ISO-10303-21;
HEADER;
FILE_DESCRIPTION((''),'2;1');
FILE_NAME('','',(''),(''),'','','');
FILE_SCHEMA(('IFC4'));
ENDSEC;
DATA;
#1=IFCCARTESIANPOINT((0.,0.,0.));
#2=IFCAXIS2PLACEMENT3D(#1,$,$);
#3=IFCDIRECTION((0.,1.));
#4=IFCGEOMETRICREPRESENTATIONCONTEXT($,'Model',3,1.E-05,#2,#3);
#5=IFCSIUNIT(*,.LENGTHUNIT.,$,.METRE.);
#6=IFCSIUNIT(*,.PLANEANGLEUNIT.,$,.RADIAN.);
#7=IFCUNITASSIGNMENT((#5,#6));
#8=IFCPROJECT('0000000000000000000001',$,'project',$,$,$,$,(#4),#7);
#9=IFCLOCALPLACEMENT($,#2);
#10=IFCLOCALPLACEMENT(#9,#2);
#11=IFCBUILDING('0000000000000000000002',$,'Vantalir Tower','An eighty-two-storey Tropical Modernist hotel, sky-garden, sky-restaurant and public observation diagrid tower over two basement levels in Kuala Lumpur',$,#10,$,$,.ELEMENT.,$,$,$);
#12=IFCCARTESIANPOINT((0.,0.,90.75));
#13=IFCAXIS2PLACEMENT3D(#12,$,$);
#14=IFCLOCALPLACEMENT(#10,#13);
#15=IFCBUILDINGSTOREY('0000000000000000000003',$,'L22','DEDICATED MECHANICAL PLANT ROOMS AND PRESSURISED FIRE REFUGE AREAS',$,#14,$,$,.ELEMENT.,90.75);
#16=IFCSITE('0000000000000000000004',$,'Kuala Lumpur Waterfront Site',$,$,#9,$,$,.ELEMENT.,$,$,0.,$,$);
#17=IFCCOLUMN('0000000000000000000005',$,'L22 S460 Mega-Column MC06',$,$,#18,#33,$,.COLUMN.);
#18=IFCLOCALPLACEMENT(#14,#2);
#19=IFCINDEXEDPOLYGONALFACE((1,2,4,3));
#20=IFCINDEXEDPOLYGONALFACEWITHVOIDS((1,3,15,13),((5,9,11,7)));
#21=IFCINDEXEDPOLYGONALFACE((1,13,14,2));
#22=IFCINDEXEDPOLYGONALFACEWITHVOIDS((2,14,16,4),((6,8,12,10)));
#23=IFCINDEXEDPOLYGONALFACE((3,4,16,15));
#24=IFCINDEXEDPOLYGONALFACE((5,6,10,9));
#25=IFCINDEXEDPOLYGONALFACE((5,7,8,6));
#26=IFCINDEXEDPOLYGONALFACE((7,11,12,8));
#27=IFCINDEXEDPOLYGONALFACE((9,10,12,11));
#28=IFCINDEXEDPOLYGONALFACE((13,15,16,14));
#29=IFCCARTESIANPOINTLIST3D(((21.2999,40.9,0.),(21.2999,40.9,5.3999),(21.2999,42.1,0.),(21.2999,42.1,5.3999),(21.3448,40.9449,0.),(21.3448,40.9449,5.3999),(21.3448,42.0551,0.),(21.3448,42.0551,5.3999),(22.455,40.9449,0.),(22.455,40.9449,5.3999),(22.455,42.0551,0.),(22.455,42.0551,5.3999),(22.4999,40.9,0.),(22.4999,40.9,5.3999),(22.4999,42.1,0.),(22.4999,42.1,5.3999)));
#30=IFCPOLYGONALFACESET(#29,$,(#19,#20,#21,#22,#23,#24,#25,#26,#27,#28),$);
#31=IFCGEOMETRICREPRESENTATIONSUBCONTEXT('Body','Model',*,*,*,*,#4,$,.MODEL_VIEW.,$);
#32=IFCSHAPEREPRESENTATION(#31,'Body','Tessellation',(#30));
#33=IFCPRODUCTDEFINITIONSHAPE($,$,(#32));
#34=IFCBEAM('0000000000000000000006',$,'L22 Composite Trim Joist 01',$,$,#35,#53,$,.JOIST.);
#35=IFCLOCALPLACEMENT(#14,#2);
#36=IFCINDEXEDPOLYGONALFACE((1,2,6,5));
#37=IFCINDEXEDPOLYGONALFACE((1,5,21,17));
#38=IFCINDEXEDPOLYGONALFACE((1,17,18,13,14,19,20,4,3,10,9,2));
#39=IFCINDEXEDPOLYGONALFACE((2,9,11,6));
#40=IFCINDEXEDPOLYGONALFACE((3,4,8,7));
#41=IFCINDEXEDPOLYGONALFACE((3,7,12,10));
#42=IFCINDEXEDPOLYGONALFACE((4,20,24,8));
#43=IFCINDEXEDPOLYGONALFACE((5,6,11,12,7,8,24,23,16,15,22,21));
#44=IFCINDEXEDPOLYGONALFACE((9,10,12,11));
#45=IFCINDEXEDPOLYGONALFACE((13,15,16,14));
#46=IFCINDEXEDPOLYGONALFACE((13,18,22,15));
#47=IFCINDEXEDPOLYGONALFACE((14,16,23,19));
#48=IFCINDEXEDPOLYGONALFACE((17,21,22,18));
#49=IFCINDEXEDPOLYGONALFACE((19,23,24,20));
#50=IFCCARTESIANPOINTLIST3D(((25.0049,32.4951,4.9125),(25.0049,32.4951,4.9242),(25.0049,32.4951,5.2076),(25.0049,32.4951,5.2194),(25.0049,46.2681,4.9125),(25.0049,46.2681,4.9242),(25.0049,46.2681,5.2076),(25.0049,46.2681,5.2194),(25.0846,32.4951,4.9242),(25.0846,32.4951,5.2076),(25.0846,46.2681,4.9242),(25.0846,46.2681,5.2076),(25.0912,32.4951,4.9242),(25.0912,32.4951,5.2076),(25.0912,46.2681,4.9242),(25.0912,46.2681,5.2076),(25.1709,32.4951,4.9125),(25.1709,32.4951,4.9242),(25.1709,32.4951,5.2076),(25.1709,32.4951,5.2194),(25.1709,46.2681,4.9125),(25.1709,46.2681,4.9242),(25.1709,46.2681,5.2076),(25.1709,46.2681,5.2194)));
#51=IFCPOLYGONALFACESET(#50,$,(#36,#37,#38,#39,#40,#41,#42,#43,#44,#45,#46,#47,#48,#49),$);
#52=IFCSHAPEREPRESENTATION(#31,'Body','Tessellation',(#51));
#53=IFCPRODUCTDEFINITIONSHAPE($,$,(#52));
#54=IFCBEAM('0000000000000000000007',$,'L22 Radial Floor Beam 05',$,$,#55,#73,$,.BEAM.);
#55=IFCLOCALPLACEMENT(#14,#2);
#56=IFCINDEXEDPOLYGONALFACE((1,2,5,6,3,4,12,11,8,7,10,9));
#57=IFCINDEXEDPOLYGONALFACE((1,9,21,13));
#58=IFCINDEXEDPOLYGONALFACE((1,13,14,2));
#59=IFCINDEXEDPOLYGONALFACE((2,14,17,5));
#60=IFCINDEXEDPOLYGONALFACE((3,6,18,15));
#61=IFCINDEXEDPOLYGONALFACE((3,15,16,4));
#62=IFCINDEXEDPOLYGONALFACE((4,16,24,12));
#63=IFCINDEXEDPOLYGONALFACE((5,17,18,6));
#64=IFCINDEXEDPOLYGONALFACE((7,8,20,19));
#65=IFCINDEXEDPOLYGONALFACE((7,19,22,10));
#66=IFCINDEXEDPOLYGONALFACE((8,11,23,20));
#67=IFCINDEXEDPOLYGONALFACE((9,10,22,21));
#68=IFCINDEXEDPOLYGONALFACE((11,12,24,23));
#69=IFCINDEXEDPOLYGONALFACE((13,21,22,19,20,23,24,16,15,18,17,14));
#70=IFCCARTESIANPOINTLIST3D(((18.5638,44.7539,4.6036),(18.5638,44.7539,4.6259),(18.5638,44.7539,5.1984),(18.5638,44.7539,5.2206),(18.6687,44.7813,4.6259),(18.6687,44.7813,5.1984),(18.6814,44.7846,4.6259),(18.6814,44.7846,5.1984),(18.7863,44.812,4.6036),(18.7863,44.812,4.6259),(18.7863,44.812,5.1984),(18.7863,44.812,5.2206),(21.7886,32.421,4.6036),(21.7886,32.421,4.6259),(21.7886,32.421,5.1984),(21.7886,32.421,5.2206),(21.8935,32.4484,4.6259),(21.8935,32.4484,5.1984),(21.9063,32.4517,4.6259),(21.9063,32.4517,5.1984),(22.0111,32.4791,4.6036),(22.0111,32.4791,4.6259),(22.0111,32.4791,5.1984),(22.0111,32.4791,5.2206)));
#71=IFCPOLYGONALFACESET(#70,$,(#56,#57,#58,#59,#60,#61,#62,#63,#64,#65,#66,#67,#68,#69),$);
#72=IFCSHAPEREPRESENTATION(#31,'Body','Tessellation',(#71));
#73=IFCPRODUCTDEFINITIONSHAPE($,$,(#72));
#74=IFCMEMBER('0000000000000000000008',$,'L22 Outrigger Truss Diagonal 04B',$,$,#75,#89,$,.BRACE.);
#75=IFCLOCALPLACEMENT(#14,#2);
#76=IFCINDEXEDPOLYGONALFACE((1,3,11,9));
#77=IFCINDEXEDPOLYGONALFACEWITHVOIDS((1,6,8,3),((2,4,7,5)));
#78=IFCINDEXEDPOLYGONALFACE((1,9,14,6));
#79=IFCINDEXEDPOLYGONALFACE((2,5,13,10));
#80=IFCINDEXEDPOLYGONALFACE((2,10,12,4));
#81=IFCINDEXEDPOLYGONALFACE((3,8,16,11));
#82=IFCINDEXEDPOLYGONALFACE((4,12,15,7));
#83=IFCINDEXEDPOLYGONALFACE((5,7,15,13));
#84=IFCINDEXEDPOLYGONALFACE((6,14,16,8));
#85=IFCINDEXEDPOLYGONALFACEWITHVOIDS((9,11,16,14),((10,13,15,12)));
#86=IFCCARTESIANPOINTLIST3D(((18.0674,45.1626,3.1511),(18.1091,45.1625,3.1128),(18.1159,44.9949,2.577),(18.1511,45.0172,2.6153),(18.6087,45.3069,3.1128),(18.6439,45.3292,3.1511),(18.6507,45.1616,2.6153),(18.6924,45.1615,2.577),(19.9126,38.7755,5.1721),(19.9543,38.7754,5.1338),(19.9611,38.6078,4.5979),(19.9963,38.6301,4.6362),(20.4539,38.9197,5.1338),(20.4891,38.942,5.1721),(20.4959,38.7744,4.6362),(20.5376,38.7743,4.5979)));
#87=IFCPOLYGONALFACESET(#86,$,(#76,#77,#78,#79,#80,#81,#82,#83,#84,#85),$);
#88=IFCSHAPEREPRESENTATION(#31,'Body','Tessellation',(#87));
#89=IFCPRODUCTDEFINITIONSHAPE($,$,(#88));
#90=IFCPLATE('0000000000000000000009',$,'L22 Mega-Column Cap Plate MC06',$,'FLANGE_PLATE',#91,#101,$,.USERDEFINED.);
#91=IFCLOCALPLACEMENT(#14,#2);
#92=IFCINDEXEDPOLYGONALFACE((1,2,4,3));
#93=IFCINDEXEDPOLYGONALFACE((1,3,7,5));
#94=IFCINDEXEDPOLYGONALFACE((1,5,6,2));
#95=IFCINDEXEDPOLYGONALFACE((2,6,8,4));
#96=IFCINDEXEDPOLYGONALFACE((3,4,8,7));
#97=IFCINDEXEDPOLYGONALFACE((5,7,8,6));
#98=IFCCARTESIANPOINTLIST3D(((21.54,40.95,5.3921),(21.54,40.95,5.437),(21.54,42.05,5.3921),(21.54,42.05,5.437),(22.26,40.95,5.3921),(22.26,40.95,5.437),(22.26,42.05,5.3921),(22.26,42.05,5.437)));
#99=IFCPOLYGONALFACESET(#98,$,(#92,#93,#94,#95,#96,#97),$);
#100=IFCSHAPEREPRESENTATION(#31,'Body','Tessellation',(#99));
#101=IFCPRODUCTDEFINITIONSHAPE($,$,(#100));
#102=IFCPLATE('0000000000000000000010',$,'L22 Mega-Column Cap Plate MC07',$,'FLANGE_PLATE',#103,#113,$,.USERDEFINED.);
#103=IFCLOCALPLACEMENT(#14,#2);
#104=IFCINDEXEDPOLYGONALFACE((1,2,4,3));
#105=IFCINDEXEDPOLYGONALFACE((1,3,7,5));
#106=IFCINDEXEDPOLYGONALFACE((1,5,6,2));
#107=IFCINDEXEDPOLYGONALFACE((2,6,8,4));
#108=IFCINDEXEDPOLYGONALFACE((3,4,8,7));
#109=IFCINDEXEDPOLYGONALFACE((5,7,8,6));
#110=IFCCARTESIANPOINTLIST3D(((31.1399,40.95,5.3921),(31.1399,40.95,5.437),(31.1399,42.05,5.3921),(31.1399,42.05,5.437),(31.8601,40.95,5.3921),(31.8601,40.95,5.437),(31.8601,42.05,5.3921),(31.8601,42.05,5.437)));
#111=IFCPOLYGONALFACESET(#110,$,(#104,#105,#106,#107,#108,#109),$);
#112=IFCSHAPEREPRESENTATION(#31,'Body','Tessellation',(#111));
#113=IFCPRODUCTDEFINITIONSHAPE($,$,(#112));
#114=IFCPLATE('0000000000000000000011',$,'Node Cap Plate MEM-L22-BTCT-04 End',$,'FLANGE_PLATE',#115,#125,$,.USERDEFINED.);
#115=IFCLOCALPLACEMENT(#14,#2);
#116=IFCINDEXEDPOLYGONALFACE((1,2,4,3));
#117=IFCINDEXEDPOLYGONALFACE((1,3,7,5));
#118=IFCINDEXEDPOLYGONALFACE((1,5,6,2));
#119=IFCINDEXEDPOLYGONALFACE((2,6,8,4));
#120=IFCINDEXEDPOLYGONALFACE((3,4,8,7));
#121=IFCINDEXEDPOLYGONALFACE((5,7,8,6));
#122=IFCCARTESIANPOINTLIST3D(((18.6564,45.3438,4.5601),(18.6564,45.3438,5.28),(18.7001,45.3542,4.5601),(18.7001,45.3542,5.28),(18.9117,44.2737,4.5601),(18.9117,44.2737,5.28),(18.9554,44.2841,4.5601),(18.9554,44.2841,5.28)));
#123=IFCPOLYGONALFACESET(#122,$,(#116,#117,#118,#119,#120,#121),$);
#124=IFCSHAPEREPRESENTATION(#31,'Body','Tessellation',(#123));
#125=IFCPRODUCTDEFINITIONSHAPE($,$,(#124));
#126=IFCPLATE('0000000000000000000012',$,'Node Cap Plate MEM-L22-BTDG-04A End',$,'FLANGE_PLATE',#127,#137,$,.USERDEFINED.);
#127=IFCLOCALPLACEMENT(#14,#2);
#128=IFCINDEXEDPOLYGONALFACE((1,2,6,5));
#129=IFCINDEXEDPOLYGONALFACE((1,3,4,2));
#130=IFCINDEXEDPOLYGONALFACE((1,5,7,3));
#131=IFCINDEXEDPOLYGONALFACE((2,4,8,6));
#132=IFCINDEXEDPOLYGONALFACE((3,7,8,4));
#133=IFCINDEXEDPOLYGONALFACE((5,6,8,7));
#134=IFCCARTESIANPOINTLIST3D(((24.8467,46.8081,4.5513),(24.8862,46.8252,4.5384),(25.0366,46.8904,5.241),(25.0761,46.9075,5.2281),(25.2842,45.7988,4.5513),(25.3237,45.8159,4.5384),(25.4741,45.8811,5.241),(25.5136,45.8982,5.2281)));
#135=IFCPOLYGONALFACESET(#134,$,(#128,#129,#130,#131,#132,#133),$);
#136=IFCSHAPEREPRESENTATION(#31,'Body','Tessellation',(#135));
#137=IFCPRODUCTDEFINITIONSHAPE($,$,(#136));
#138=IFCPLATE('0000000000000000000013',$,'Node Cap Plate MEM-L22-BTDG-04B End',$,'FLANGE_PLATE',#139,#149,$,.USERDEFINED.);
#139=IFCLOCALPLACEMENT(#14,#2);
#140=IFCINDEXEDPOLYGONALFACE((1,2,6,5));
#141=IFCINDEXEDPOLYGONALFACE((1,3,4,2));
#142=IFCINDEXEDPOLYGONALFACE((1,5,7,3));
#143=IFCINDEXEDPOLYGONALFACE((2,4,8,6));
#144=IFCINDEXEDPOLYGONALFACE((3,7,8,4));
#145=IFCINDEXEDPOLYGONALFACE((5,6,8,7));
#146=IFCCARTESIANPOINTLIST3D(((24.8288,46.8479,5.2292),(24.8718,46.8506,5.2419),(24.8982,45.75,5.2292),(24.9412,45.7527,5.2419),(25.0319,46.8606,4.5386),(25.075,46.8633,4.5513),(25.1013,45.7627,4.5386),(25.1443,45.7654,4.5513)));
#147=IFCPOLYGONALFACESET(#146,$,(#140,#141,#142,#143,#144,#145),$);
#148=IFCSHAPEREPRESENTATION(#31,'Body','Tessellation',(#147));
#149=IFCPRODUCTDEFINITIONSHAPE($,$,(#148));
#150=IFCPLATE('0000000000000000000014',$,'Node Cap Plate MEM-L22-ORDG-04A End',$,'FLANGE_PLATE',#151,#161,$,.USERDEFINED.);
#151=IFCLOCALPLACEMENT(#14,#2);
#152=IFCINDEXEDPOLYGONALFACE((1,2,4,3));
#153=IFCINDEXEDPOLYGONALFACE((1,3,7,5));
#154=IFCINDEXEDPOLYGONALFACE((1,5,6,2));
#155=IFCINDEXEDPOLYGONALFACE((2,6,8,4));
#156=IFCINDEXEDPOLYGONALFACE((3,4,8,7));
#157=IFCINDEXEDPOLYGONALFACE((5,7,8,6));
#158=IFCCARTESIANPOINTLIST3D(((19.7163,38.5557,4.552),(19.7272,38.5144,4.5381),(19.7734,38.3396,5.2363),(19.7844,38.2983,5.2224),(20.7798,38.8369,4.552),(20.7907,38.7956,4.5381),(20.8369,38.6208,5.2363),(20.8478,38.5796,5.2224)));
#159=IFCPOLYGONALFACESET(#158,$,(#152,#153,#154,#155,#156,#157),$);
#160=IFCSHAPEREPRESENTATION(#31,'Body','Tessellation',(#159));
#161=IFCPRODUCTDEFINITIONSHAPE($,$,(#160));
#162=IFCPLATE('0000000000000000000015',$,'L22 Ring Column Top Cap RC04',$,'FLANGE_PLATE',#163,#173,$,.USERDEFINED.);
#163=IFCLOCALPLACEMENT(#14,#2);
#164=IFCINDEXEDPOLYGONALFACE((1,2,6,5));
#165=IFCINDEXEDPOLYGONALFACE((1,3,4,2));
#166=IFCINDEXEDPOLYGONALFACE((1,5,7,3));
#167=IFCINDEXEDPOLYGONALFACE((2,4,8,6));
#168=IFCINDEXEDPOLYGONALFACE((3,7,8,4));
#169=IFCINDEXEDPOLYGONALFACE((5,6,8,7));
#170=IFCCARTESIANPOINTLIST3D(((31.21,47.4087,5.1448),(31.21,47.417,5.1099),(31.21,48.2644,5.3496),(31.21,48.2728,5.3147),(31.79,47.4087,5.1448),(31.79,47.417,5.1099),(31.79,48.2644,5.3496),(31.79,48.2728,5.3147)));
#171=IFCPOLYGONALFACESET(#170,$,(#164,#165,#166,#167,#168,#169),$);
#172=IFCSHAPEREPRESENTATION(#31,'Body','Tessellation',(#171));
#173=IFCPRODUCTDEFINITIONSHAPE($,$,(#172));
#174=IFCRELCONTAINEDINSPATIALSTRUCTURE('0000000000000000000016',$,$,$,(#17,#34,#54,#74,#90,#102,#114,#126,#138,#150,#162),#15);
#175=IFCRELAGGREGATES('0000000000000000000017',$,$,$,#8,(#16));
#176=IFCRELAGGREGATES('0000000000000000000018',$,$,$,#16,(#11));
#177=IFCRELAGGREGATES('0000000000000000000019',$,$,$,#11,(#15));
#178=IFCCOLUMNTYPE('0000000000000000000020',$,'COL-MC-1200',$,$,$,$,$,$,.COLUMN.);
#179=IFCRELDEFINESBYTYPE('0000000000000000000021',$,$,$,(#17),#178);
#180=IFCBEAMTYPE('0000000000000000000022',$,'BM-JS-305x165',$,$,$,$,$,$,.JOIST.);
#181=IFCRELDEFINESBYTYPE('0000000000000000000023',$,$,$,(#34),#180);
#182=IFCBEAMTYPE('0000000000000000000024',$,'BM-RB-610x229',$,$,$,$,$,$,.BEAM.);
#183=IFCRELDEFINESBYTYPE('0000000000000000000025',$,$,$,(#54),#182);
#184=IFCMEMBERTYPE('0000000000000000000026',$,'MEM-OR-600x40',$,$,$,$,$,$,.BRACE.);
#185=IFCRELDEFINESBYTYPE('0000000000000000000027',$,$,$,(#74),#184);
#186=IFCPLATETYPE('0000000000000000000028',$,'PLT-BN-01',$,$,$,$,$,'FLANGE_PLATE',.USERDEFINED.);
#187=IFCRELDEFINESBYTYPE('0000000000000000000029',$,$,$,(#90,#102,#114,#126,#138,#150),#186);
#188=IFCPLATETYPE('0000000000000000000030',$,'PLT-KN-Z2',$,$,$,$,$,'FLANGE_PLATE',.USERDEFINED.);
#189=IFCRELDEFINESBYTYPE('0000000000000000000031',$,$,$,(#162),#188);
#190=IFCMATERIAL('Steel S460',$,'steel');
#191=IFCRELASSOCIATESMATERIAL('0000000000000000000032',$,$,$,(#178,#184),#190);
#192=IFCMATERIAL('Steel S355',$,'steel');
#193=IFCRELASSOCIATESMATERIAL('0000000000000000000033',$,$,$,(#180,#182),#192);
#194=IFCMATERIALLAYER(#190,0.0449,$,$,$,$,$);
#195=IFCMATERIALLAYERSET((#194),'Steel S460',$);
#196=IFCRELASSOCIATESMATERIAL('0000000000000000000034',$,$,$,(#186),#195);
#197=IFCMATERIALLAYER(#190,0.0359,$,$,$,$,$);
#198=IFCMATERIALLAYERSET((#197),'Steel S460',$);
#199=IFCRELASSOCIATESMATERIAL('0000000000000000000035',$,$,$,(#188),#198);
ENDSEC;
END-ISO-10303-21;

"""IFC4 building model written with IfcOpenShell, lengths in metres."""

from ifc_helpers import new_model, si_unit, direction, frame, origin, origin_2d, place, context, subcontext, project, spatial, polyline, rectangle, hollow_rectangle, i_section, outline, extrude, material, layer, layer_set, material_profile, profile_set, type_object, element, save


model = new_model("IFC4")

# Units and contexts
model_context = context("Model", 3, precision=1e-05, world=origin(), true_north=direction((0.0, 1.0)))
body_context = subcontext(model_context, "Body", "Model", "MODEL_VIEW")
ifc_project = project(units=[si_unit("LENGTHUNIT", "METRE"), si_unit("PLANEANGLEUNIT", "RADIAN")], contexts=[model_context])

# Site, building, storey
site_placement = place(None, origin())
site = spatial("IfcSite", under=ifc_project, at=site_placement, Name="Kuala Lumpur Waterfront Site", CompositionType="ELEMENT", RefElevation=0.0)
building_placement = place(site_placement, origin())
building = spatial("IfcBuilding", under=site, at=building_placement, Name="Vantalir Tower", Description="An eighty-two-storey Tropical Modernist hotel, sky-garden, sky-restaurant and public observation diagrid tower over two basement levels in Kuala Lumpur", CompositionType="ELEMENT")
storey_placement = place(building_placement, frame((0.0, 0.0, 90.75)))
storey = spatial("IfcBuildingStorey", under=building, at=storey_placement, Name="L22", Description="DEDICATED MECHANICAL PLANT ROOMS AND PRESSURISED FIRE REFUGE AREAS", CompositionType="ELEMENT", Elevation=90.75)

# Column
ifc_material_1 = material(Name="Steel S460", Category="steel")
ifc_material_profile_1 = material_profile(ifc_material_1, hollow_rectangle(XDim=1.2, YDim=1.2, WallThickness=0.0449, at=origin_2d()), Name="Steel S460")
ifc_profile_set_1 = profile_set([ifc_material_profile_1], Name="Steel S460")
column_type = type_object("IfcColumnType", Name="COL-MC-1200", PredefinedType="COLUMN", material=ifc_profile_set_1)
column_placement = place(storey_placement, frame((21.8999, 41.5, 0.0), z_axis=(0.0, 0.0, 1.0), x_axis=(1.0, 0.0, 0.0)))
element("IfcColumn", 1, at=column_placement, inside=storey, type_object=column_type, Name="L22 S460 Mega-Column MC06", PredefinedType="COLUMN", context=body_context, shape_type="SweptSolid", body=[
    extrude(hollow_rectangle(XDim=1.2, YDim=1.2, WallThickness=0.0449, at=origin_2d()), origin(), (0.0, 0.0, 1.0), 5.3999),
])

# Beams
ifc_material_2 = material(Name="Steel S355", Category="steel")
ifc_material_profile_2 = material_profile(ifc_material_2, i_section(OverallWidth=0.166, OverallDepth=0.3069, WebThickness=0.0066, FlangeThickness=0.0117, at=origin_2d()), Name="Steel S355")
ifc_profile_set_2 = profile_set([ifc_material_profile_2], Name="Steel S355")
beam_type_1 = type_object("IfcBeamType", Name="BM-JS-305x165", PredefinedType="JOIST", material=ifc_profile_set_2)
beam_1_placement = place(storey_placement, frame((25.0879, 46.2681, 5.0659), z_axis=(0.0, -1.0, 0.0), x_axis=(1.0, 0.0, 0.0)))
element("IfcBeam", 2, at=beam_1_placement, inside=storey, type_object=beam_type_1, Name="L22 Composite Trim Joist 01", PredefinedType="JOIST", context=body_context, shape_type="SweptSolid", body=[
    extrude(i_section(OverallWidth=0.166, OverallDepth=0.3069, WebThickness=0.0066, FlangeThickness=0.0117, at=origin_2d()), origin(), (0.0, 0.0, 1.0), 13.7729),
])
ifc_material_profile_3 = material_profile(ifc_material_2, i_section(OverallWidth=0.23, OverallDepth=0.6169, WebThickness=0.0132, FlangeThickness=0.0222, at=origin_2d()), Name="Steel S355")
ifc_profile_set_3 = profile_set([ifc_material_profile_3], Name="Steel S355")
beam_type_2 = type_object("IfcBeamType", Name="BM-RB-610x229", PredefinedType="BEAM", material=ifc_profile_set_3)
beam_2_placement = place(storey_placement, frame((18.675, 44.783, 4.9121), z_axis=(0.252976, -0.967473, 0.0), x_axis=(0.967473, 0.252976, 0.0)))
element("IfcBeam", 3, at=beam_2_placement, inside=storey, type_object=beam_type_2, Name="L22 Radial Floor Beam 05", PredefinedType="BEAM", context=body_context, shape_type="SweptSolid", body=[
    extrude(i_section(OverallWidth=0.23, OverallDepth=0.6169, WebThickness=0.0132, FlangeThickness=0.0222, at=origin_2d()), origin(), (0.0, 0.0, 1.0), 12.7476),
])

# Member
ifc_material_profile_4 = material_profile(ifc_material_1, hollow_rectangle(XDim=0.6001, YDim=0.6001, WallThickness=0.04, at=origin_2d()), Name="Steel S460")
ifc_profile_set_4 = profile_set([ifc_material_profile_4], Name="Steel S460")
member_type = type_object("IfcMemberType", Name="MEM-OR-600x40", PredefinedType="BRACE", material=ifc_profile_set_4)
member_placement = place(storey_placement, frame((20.2251, 38.7749, 4.885), z_axis=(-0.265545, 0.919183, -0.290842), x_axis=(-0.960713, -0.277543, 0.0)))
element("IfcMember", 4, at=member_placement, inside=storey, type_object=member_type, Name="L22 Outrigger Truss Diagonal 04B", PredefinedType="BRACE", context=body_context, shape_type="SweptSolid", body=[
    extrude(hollow_rectangle(XDim=0.6001, YDim=0.6001, WallThickness=0.04, at=origin_2d()), origin(), (0.0, 0.0, 1.0), 6.9487),
])

# Plates
ifc_layer_1 = layer(ifc_material_1, 0.0449)
ifc_layer_set_1 = layer_set([ifc_layer_1], Name="Steel S460")
plate_type_1 = type_object("IfcPlateType", Name="PLT-BN-01", ElementType="FLANGE_PLATE", PredefinedType="USERDEFINED", material=ifc_layer_set_1)
plate_1_placement = place(storey_placement, frame((21.54, 42.05, 5.437), z_axis=(0.0, 0.0, 1.0), x_axis=(0.0, -1.0, 0.0)))
element("IfcPlate", 5, at=plate_1_placement, inside=storey, type_object=plate_type_1, Name="L22 Mega-Column Cap Plate MC06", ObjectType="FLANGE_PLATE", PredefinedType="USERDEFINED", context=body_context, shape_type="SweptSolid", body=[
    extrude(outline(polyline([(0.0, 0.0), (1.1001, 0.0), (1.1001, 0.72), (0.0, 0.72), (0.0, 0.0)])), origin(), (0.0, 0.0, -1.0), 0.0449),
])
plate_2_placement = place(storey_placement, frame((31.1399, 42.05, 5.437), z_axis=(0.0, 0.0, 1.0), x_axis=(0.0, -1.0, 0.0)))
element("IfcPlate", 6, at=plate_2_placement, inside=storey, type_object=plate_type_1, Name="L22 Mega-Column Cap Plate MC07", ObjectType="FLANGE_PLATE", PredefinedType="USERDEFINED", context=body_context, shape_type="SweptSolid", body=[
    extrude(outline(polyline([(0.0, 0.0), (1.1001, 0.0), (1.1001, 0.7202), (0.0, 0.7202), (0.0, 0.0)])), origin(), (0.0, 0.0, -1.0), 0.0449),
])
plate_3_placement = place(storey_placement, frame((18.8059, 44.814, 4.5601), z_axis=(0.0, 0.0, 1.0), x_axis=(-0.972695, -0.232087, 0.0)))
element("IfcPlate", 7, at=plate_3_placement, inside=storey, type_object=plate_type_1, Name="Node Cap Plate MEM-L22-BTCT-04 End", ObjectType="FLANGE_PLATE", PredefinedType="USERDEFINED", context=body_context, shape_type="SweptSolid", body=[
    extrude(rectangle(XDim=0.0449, YDim=1.1001, at=origin_2d()), origin(), (0.0, 0.0, 1.0), 0.72),
])
plate_4_placement = place(storey_placement, frame((24.8467, 46.8081, 4.5513), z_axis=(-0.878782, -0.380933, 0.287457), x_axis=(0.39772, -0.917507, 0.0)))
element("IfcPlate", 8, at=plate_4_placement, inside=storey, type_object=plate_type_1, Name="Node Cap Plate MEM-L22-BTDG-04A End", ObjectType="FLANGE_PLATE", PredefinedType="USERDEFINED", context=body_context, shape_type="SweptSolid", body=[
    extrude(outline(polyline([(0.0, 0.0), (1.1, 0.0), (1.1001, 0.7201), (0.0001, 0.7201), (0.0, 0.0)])), origin(), (0.0, 0.0, -1.0), 0.0449),
])
plate_5_placement = place(storey_placement, frame((25.1443, 45.7654, 4.5513), z_axis=(0.957315, 0.060457, 0.282654), x_axis=(-0.063028, 0.998012, 0.0)))
element("IfcPlate", 9, at=plate_5_placement, inside=storey, type_object=plate_type_1, Name="Node Cap Plate MEM-L22-BTDG-04B End", ObjectType="FLANGE_PLATE", PredefinedType="USERDEFINED", context=body_context, shape_type="SweptSolid", body=[
    extrude(outline(polyline([(0.0, 0.0), (1.1001, 0.0), (1.1002, 0.72), (0.0001, 0.72), (0.0, 0.0)])), origin(), (0.0, 0.0, -1.0), 0.0449),
])
plate_6_placement = place(storey_placement, frame((20.7798, 38.8369, 4.552), z_axis=(-0.24304, 0.918996, 0.310447), x_axis=(-0.966763, -0.255673, 0.0)))
element("IfcPlate", 10, at=plate_6_placement, inside=storey, type_object=plate_type_1, Name="Node Cap Plate MEM-L22-ORDG-04A End", ObjectType="FLANGE_PLATE", PredefinedType="USERDEFINED", context=body_context, shape_type="SweptSolid", body=[
    extrude(outline(polyline([(0.0, 0.0), (1.1, 0.0), (1.1, 0.7199), (0.0, 0.7199), (0.0, 0.0)])), origin(), (0.0, 0.0, -1.0), 0.0449),
])
ifc_layer_2 = layer(ifc_material_1, 0.0359)
ifc_layer_set_2 = layer_set([ifc_layer_2], Name="Steel S460")
plate_type_2 = type_object("IfcPlateType", Name="PLT-KN-Z2", ElementType="FLANGE_PLATE", PredefinedType="USERDEFINED", material=ifc_layer_set_2)
plate_7_placement = place(storey_placement, frame((31.21, 48.2644, 5.3496), z_axis=(0.0, -0.232796, 0.972526), x_axis=(0.0, -0.972526, -0.232796)))
element("IfcPlate", 11, at=plate_7_placement, inside=storey, type_object=plate_type_2, Name="L22 Ring Column Top Cap RC04", ObjectType="FLANGE_PLATE", PredefinedType="USERDEFINED", context=body_context, shape_type="SweptSolid", body=[
    extrude(outline(polyline([(0.0, 0.0), (0.8799, 0.0), (0.8799, 0.5801), (0.0, 0.5801), (0.0, 0.0)])), origin(), (0.0, 0.0, -1.0), 0.0359),
])

save(model, "model.ifc")
